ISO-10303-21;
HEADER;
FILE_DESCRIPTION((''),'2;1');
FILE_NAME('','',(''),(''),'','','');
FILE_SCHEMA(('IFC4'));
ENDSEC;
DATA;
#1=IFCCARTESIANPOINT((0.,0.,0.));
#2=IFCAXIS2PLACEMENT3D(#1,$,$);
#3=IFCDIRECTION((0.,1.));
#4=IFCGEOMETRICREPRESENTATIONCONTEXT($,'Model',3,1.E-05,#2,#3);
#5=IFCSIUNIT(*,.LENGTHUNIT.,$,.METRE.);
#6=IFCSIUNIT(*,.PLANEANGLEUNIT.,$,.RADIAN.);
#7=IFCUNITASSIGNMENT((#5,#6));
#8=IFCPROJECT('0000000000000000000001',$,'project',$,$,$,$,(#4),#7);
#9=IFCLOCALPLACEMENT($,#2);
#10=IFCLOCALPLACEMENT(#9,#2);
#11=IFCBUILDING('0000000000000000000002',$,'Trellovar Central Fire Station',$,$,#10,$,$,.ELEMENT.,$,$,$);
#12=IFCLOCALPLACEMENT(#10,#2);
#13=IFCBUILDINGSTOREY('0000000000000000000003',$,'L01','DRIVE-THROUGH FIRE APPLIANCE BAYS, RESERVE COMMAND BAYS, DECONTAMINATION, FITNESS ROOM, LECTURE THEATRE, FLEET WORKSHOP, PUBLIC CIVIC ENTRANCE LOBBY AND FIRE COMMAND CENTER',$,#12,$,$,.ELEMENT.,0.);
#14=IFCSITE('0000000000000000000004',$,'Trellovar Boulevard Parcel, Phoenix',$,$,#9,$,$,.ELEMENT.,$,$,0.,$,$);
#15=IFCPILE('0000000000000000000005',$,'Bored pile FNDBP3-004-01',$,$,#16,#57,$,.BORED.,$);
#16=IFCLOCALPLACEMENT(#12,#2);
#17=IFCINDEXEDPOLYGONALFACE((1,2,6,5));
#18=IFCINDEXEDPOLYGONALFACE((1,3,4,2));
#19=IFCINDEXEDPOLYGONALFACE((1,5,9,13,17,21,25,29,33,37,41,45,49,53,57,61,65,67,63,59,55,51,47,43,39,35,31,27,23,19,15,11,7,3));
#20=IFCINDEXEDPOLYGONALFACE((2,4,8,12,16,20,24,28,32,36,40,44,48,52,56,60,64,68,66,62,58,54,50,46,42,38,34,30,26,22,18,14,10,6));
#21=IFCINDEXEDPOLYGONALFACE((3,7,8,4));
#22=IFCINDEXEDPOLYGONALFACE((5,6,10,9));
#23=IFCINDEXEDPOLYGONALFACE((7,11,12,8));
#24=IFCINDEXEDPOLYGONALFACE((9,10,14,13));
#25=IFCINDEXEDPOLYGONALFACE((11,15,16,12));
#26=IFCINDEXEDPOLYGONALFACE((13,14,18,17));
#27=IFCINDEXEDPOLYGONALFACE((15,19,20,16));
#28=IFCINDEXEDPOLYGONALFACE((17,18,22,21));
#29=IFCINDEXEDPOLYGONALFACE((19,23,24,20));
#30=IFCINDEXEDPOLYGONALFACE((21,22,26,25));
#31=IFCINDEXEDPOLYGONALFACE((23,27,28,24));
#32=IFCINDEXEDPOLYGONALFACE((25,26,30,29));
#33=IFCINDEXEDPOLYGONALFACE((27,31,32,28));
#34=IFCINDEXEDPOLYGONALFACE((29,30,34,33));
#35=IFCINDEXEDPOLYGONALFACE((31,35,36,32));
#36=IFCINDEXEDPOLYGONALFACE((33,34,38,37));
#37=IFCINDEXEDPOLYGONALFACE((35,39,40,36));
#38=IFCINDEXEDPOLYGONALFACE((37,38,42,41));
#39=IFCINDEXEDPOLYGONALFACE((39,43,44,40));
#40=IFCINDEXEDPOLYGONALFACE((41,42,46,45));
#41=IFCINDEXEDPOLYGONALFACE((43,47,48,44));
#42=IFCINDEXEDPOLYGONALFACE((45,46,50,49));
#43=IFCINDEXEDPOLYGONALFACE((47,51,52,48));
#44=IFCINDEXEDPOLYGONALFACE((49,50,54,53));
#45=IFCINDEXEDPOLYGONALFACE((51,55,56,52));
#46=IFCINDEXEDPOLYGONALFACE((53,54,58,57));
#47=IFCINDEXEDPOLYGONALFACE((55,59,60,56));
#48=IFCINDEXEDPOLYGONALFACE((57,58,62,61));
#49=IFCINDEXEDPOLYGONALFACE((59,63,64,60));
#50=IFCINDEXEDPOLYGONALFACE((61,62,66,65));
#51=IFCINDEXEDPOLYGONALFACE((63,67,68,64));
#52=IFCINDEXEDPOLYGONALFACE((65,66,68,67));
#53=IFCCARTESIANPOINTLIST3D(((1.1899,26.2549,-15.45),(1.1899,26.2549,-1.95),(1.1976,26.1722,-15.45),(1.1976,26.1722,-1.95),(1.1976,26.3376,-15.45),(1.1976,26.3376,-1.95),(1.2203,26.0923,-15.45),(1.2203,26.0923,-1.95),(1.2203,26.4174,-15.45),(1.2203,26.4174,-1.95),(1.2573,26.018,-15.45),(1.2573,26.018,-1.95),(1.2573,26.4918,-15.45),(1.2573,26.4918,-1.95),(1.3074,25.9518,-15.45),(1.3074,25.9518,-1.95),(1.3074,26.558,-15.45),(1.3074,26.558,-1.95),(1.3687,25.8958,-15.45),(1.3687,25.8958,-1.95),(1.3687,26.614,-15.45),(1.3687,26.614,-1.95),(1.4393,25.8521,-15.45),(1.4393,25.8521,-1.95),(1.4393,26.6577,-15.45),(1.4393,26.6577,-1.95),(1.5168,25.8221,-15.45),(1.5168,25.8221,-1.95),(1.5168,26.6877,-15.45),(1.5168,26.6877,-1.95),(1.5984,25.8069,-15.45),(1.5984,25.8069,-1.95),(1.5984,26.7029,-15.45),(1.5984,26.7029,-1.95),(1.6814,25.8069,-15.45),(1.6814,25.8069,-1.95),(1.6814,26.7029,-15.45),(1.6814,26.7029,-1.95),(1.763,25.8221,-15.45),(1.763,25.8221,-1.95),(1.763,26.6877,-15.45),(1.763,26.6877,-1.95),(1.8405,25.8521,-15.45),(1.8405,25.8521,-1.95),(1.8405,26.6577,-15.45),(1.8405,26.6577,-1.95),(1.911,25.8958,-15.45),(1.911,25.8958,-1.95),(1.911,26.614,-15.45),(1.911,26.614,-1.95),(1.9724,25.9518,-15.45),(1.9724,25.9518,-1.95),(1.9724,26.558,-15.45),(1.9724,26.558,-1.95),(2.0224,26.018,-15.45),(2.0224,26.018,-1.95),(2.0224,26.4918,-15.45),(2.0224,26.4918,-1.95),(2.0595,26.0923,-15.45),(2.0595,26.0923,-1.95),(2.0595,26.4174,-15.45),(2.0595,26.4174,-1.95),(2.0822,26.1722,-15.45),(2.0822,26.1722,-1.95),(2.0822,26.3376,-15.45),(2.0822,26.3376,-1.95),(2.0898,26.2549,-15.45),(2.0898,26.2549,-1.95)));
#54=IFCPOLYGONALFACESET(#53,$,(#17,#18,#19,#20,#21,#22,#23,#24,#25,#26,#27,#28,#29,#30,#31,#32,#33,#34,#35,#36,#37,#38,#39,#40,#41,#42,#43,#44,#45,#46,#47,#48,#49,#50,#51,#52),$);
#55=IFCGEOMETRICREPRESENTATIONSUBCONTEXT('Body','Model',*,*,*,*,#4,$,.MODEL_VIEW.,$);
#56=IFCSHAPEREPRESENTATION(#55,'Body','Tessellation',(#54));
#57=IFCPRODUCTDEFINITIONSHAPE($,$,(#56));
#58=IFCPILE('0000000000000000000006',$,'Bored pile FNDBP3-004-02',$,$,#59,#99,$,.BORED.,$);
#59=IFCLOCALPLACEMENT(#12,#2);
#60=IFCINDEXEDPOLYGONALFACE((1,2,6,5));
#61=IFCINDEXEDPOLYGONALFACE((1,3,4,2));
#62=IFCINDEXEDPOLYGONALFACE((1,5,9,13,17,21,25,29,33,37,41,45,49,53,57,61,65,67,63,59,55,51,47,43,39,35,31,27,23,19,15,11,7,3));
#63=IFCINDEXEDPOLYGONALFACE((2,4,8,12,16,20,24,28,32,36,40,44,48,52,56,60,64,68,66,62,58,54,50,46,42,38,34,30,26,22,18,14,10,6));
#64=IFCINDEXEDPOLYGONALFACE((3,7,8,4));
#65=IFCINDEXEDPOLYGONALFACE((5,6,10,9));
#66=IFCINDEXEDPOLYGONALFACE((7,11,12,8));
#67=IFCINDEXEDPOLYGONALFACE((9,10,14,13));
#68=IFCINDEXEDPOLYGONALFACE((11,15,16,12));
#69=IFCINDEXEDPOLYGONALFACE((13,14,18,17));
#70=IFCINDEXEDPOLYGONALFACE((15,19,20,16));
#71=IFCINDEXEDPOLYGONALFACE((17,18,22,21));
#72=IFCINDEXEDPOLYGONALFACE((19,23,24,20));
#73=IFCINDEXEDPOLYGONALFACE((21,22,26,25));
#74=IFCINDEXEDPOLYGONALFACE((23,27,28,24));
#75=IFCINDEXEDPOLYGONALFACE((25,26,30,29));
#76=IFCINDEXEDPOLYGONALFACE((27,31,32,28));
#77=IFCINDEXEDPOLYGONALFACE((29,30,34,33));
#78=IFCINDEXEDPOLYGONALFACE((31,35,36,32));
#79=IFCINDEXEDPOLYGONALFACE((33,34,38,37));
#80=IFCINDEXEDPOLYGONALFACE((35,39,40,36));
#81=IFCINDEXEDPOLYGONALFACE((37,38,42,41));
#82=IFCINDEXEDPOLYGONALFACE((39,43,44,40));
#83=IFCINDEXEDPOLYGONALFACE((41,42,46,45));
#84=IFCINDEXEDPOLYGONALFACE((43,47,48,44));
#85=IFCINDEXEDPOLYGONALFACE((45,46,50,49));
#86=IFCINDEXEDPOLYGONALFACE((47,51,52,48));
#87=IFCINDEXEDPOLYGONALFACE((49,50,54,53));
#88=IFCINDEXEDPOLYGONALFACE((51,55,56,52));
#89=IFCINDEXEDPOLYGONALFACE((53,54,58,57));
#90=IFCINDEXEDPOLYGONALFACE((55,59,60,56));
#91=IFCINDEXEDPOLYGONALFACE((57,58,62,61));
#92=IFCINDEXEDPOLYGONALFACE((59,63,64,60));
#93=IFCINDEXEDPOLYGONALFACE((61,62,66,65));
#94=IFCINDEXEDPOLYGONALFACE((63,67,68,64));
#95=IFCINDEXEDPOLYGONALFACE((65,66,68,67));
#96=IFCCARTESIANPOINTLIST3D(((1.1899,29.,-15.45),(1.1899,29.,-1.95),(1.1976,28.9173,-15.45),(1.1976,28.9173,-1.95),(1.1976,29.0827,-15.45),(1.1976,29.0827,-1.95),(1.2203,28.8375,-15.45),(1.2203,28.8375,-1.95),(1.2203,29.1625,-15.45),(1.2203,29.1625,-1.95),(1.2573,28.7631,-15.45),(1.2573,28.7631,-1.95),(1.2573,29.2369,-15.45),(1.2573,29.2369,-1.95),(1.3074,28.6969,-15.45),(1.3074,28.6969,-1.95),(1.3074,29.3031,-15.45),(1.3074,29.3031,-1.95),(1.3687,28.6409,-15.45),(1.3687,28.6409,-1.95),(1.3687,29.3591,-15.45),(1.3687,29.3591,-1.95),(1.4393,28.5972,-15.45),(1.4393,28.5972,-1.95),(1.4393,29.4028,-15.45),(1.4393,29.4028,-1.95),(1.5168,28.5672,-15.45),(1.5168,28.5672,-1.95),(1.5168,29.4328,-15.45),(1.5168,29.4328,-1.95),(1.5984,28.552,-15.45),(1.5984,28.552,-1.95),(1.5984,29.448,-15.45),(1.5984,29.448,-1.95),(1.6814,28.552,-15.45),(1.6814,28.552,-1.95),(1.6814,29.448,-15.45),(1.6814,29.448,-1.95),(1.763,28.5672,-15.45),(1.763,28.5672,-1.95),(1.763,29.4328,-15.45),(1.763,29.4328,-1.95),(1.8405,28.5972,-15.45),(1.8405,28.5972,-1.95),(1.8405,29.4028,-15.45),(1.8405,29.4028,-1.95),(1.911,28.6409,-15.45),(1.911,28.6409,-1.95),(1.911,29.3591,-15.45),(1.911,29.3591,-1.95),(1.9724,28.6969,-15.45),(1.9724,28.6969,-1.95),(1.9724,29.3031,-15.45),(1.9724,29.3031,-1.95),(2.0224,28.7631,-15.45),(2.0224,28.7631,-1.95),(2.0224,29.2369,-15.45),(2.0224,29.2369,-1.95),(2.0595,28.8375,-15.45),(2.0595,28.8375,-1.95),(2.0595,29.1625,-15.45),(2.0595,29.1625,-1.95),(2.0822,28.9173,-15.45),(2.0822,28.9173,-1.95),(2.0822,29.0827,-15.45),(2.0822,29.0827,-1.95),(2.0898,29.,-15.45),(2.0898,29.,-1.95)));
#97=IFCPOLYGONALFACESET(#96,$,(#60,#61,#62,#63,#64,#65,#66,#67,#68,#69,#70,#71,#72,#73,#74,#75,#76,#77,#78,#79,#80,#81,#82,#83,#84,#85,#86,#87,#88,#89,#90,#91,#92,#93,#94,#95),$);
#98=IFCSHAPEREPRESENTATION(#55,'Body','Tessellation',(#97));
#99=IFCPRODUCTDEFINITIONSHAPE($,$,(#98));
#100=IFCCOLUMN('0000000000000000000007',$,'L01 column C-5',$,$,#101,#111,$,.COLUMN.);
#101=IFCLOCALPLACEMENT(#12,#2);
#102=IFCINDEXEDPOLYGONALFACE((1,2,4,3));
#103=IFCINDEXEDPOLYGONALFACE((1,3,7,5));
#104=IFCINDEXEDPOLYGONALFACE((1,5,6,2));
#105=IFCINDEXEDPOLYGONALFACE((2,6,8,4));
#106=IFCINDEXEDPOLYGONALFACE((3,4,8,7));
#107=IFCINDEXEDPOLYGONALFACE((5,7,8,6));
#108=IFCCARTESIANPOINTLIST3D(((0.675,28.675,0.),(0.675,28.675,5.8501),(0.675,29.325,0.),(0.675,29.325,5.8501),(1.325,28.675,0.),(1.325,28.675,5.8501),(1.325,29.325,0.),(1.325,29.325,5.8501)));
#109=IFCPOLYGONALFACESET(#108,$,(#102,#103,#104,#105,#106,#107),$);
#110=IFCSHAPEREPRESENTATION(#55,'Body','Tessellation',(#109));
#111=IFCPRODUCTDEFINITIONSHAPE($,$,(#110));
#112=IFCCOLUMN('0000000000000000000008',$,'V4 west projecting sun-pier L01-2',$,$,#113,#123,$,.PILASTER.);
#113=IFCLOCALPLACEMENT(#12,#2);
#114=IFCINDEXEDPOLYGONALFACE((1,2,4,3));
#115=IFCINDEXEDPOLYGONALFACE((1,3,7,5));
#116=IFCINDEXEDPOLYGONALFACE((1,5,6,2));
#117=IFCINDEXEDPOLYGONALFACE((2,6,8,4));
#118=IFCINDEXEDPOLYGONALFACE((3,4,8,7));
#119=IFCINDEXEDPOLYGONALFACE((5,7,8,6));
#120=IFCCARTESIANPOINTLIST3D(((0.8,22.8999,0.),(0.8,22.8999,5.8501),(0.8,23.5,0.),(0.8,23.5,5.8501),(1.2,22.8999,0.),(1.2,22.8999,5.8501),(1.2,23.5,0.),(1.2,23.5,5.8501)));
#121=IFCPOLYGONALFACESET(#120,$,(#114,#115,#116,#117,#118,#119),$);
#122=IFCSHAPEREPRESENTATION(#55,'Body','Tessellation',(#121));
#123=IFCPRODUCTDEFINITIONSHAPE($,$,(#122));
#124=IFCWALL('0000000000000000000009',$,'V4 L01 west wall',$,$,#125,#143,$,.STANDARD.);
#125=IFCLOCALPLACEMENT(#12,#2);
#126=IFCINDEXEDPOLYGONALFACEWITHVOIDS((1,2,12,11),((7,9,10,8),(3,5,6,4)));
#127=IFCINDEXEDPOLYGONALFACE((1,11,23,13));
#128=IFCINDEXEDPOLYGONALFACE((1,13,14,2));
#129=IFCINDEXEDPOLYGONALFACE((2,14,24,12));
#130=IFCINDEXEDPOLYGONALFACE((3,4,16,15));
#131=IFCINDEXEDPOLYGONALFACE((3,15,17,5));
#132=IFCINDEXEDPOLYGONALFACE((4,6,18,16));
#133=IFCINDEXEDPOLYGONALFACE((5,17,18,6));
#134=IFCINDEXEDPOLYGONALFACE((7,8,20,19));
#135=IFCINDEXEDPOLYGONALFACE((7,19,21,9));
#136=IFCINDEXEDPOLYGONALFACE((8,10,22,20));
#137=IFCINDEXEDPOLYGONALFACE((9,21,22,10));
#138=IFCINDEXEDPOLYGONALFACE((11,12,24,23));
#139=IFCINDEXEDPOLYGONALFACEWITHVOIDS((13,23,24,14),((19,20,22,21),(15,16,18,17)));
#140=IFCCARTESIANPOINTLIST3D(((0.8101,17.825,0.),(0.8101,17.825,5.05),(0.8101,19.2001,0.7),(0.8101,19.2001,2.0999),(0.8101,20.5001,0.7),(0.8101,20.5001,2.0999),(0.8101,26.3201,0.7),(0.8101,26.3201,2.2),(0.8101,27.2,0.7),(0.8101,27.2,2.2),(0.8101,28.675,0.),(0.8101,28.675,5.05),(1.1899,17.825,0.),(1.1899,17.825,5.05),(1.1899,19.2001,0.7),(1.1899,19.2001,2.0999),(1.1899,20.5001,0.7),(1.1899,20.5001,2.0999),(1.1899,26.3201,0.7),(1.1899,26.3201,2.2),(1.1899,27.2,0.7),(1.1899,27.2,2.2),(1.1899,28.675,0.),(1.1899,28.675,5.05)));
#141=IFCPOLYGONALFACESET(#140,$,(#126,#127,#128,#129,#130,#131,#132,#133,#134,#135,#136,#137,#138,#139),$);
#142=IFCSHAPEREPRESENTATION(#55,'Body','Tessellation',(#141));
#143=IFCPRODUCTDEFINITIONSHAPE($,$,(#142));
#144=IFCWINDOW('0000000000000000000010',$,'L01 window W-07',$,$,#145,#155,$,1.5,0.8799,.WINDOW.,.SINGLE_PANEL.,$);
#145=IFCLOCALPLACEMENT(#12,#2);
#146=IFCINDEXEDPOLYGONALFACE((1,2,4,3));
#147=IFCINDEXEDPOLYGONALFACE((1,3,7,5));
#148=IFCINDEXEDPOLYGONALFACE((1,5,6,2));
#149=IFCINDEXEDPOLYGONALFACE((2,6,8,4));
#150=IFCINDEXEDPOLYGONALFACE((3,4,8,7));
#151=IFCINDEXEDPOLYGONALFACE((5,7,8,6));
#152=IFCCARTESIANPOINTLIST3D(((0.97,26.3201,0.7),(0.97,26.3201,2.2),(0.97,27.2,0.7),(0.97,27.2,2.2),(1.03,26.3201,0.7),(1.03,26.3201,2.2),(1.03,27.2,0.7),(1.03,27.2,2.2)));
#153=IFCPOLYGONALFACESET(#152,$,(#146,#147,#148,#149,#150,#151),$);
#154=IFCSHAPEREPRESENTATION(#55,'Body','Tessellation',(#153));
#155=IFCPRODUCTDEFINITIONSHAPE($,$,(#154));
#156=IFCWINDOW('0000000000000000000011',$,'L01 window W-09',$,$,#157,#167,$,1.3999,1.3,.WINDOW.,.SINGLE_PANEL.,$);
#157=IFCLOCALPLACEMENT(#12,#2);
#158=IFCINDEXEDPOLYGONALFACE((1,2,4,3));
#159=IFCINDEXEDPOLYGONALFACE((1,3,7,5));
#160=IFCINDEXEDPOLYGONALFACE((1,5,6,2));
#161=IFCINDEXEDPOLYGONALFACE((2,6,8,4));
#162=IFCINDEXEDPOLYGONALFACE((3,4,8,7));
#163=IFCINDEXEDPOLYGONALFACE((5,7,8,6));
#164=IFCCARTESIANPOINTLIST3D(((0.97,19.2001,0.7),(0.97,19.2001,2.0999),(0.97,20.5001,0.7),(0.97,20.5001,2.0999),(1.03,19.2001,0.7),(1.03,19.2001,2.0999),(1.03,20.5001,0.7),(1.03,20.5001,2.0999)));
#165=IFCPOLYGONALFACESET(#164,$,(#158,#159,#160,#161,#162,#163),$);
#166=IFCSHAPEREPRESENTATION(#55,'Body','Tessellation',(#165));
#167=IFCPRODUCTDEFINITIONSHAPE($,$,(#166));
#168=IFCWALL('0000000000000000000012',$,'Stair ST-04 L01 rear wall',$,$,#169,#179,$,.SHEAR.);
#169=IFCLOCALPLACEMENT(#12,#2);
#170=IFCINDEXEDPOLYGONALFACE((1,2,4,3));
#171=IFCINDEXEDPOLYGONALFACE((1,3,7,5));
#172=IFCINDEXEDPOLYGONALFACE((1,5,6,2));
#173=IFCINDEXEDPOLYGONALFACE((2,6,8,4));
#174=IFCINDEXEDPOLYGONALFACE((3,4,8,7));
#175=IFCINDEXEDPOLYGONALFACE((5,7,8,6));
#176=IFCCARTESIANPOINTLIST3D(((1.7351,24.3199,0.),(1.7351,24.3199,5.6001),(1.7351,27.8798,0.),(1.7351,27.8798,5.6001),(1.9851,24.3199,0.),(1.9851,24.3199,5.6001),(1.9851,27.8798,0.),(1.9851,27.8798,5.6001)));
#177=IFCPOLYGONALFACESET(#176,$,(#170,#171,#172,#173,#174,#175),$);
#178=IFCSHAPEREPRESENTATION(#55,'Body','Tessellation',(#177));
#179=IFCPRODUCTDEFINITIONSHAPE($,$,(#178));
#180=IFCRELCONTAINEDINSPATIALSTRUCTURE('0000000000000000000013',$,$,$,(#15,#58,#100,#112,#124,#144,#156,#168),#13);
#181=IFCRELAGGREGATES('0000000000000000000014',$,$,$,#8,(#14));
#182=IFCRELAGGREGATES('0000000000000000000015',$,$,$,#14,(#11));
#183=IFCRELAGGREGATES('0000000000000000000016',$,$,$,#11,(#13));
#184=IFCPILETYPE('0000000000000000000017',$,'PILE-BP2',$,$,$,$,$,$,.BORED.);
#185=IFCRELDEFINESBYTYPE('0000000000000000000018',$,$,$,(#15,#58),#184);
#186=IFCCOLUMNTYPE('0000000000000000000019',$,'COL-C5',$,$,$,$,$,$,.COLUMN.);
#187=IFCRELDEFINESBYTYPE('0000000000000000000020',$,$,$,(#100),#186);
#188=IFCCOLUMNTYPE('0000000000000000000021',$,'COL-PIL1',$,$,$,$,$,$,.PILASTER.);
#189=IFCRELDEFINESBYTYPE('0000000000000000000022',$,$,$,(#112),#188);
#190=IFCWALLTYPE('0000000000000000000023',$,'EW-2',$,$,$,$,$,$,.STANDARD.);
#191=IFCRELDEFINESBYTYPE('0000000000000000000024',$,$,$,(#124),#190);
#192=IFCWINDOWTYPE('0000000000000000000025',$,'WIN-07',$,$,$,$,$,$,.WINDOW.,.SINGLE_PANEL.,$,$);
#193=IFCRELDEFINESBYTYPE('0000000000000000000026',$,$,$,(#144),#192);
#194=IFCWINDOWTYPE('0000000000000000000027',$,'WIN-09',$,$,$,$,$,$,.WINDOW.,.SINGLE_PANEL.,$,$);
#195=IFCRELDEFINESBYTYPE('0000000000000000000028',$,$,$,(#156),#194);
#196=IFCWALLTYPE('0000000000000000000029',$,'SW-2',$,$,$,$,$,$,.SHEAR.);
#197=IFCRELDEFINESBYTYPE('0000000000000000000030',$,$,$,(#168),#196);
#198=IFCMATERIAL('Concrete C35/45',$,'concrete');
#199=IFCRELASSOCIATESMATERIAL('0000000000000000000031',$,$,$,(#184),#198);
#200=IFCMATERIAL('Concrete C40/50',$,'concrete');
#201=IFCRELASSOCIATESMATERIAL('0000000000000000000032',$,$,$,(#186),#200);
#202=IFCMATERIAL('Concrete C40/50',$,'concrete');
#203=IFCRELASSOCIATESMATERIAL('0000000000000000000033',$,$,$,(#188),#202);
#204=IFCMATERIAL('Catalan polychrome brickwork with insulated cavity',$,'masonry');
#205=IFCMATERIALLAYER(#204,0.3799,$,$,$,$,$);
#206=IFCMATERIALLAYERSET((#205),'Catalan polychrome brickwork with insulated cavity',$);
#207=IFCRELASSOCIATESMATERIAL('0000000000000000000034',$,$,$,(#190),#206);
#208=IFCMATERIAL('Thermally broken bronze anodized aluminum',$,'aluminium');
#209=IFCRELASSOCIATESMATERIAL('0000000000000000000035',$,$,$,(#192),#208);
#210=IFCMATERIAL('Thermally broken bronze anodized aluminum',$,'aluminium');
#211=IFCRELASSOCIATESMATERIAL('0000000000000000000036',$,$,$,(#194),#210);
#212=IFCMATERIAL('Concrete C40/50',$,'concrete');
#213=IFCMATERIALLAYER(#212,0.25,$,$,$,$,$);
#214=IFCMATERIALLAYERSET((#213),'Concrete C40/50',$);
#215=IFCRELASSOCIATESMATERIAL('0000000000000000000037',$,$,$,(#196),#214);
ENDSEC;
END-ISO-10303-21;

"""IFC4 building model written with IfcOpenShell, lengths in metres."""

from ifc_helpers import new_model, si_unit, direction, frame, frame_2d, origin, origin_2d, place, context, subcontext, project, spatial, rectangle, circle, extrude, material, layer, layer_set, material_profile, profile_set, type_object, element, fill, save


model = new_model("IFC4")

# Units and contexts
model_context = context("Model", 3, precision=1e-05, world=origin(), true_north=direction((0.0, 1.0)))
body_context = subcontext(model_context, "Body", "Model", "MODEL_VIEW")
ifc_project = project(units=[si_unit("LENGTHUNIT", "METRE"), si_unit("PLANEANGLEUNIT", "RADIAN")], contexts=[model_context])

# Site, building, storey
site_placement = place(None, origin())
site = spatial("IfcSite", under=ifc_project, at=site_placement, Name="Trellovar Boulevard Parcel, Phoenix", CompositionType="ELEMENT", RefElevation=0.0)
building_placement = place(site_placement, origin())
building = spatial("IfcBuilding", under=site, at=building_placement, Name="Trellovar Central Fire Station", CompositionType="ELEMENT")
storey_placement = place(building_placement, origin())
storey = spatial("IfcBuildingStorey", under=building, at=storey_placement, Name="L01", Description="DRIVE-THROUGH FIRE APPLIANCE BAYS, RESERVE COMMAND BAYS, DECONTAMINATION, FITNESS ROOM, LECTURE THEATRE, FLEET WORKSHOP, PUBLIC CIVIC ENTRANCE LOBBY AND FIRE COMMAND CENTER", CompositionType="ELEMENT", Elevation=0.0)

# Piles
ifc_material_1 = material(Name="Concrete C35/45", Category="concrete")
ifc_material_profile_1 = material_profile(ifc_material_1, circle(Radius=0.45, at=origin_2d()), Name="PILE900")
ifc_profile_set_1 = profile_set([ifc_material_profile_1], Name="Concrete C35/45")
pile_type_1 = type_object("IfcPileType", Name="PILE-BP2", PredefinedType="BORED", material=ifc_profile_set_1)
for number, where, z_axis, x_axis, name in (
    (1, (1.6399, 26.2549, -1.95), (0.0, 0.0, -1.0), (1.0, 0.0, 0.0), "Bored pile FNDBP3-004-01"),
    (2, (1.6399, 29.0, -1.95), (0.0, 0.0, -1.0), (1.0, 0.0, 0.0), "Bored pile FNDBP3-004-02"),
):
    element("IfcPile", number, at=place(storey_placement, frame(where, z_axis=z_axis, x_axis=x_axis)), inside=storey, type_object=pile_type_1, Name=name, PredefinedType="BORED", context=body_context, shape_type="SweptSolid", body=[
        extrude(circle(Radius=0.45, at=origin_2d()), origin(), (0.0, 0.0, 1.0), 13.5),
    ])

# Columns
ifc_material_2 = material(Name="Concrete C40/50", Category="concrete")
ifc_material_profile_2 = material_profile(ifc_material_2, rectangle(XDim=0.6499, YDim=0.6499, at=origin_2d()), Name="RC650X650")
ifc_profile_set_2 = profile_set([ifc_material_profile_2], Name="Concrete C40/50")
column_type_1 = type_object("IfcColumnType", Name="COL-C5", PredefinedType="COLUMN", material=ifc_profile_set_2)
column_1_placement = place(storey_placement, frame((1.0, 29.0, 0.0), z_axis=(0.0, 0.0, 1.0), x_axis=(1.0, 0.0, 0.0)))
element("IfcColumn", 3, at=column_1_placement, inside=storey, type_object=column_type_1, Name="L01 column C-5", PredefinedType="COLUMN", context=body_context, shape_type="SweptSolid", body=[
    extrude(rectangle(XDim=0.6499, YDim=0.6499, at=origin_2d()), origin(), (0.0, 0.0, 1.0), 5.8501),
])
ifc_material_3 = material(Name="Concrete C40/50", Category="concrete")
ifc_material_profile_3 = material_profile(ifc_material_3, rectangle(XDim=0.3999, YDim=0.6001, at=origin_2d()), Name="RC400X600")
ifc_profile_set_3 = profile_set([ifc_material_profile_3], Name="Concrete C40/50")
column_type_2 = type_object("IfcColumnType", Name="COL-PIL1", PredefinedType="PILASTER", material=ifc_profile_set_3)
column_2_placement = place(storey_placement, frame((1.0, 23.2, 0.0), z_axis=(0.0, 0.0, 1.0), x_axis=(1.0, 0.0, 0.0)))
element("IfcColumn", 4, at=column_2_placement, inside=storey, type_object=column_type_2, Name="V4 west projecting sun-pier L01-2", PredefinedType="PILASTER", context=body_context, shape_type="SweptSolid", body=[
    extrude(rectangle(XDim=0.3999, YDim=0.6001, at=origin_2d()), origin(), (0.0, 0.0, 1.0), 5.8501),
])

# Wall, openings, windows
ifc_material_4 = material(Name="Catalan polychrome brickwork with insulated cavity", Category="masonry")
ifc_layer_1 = layer(ifc_material_4, 0.3799)
ifc_layer_set_1 = layer_set([ifc_layer_1], Name="Catalan polychrome brickwork with insulated cavity")
wall_type_1 = type_object("IfcWallType", Name="EW-2", PredefinedType="STANDARD", material=ifc_layer_set_1)
wall_1_placement = place(storey_placement, frame((1.0, 28.675, 0.0), z_axis=(0.0, 0.0, 1.0), x_axis=(0.0, -1.0, 0.0)))
wall_1 = element("IfcWall", 5, at=wall_1_placement, inside=storey, type_object=wall_type_1, Name="V4 L01 west wall", PredefinedType="STANDARD", context=body_context, shape_type="SweptSolid", body=[
    extrude(rectangle(XDim=10.8501, YDim=0.3799, at=frame_2d((5.425, 0.0))), origin(), (0.0, 0.0, 1.0), 5.05),
])
opening_1_placement = place(wall_1_placement, frame((1.4751, 0.0, 0.7)))
opening_1 = element("IfcOpeningElement", 6, at=opening_1_placement, cuts=wall_1, PredefinedType="OPENING", context=body_context, shape_type="SweptSolid", body=[
    extrude(rectangle(XDim=0.8799, YDim=1.5, at=frame_2d((0.4399, 0.75))), frame((0.0, 0.2, 0.0), z_axis=(0.0, -1.0, 0.0), x_axis=(1.0, 0.0, 0.0)), (0.0, 0.0, 1.0), 0.3999),
])
opening_2_placement = place(wall_1_placement, frame((8.175, 0.0, 0.7)))
opening_2 = element("IfcOpeningElement", 7, at=opening_2_placement, cuts=wall_1, PredefinedType="OPENING", context=body_context, shape_type="SweptSolid", body=[
    extrude(rectangle(XDim=1.3, YDim=1.3999, at=frame_2d((0.6499, 0.7))), frame((0.0, 0.2, 0.0), z_axis=(0.0, -1.0, 0.0), x_axis=(1.0, 0.0, 0.0)), (0.0, 0.0, 1.0), 0.3999),
])
ifc_material_5 = material(Name="Thermally broken bronze anodized aluminum", Category="aluminium")
window_type_1 = type_object("IfcWindowType", Name="WIN-07", PartitioningType="SINGLE_PANEL", PredefinedType="WINDOW", material=ifc_material_5)
window_1_placement = place(opening_1_placement, origin())
window_1 = element("IfcWindow", 8, at=window_1_placement, inside=storey, type_object=window_type_1, Name="L01 window W-07", OverallHeight=1.5, OverallWidth=0.8799, PartitioningType="SINGLE_PANEL", PredefinedType="WINDOW", context=body_context, shape_type="SweptSolid", body=[
    extrude(rectangle(XDim=0.8799, YDim=1.5, at=frame_2d((0.4399, 0.75))), frame((0.0, 0.03, 0.0), z_axis=(0.0, -1.0, 0.0), x_axis=(1.0, 0.0, 0.0)), (0.0, 0.0, 1.0), 0.0601),
])
fill(opening_1, window_1)
ifc_material_6 = material(Name="Thermally broken bronze anodized aluminum", Category="aluminium")
window_type_2 = type_object("IfcWindowType", Name="WIN-09", PartitioningType="SINGLE_PANEL", PredefinedType="WINDOW", material=ifc_material_6)
window_2_placement = place(opening_2_placement, origin())
window_2 = element("IfcWindow", 9, at=window_2_placement, inside=storey, type_object=window_type_2, Name="L01 window W-09", OverallHeight=1.3999, OverallWidth=1.3, PartitioningType="SINGLE_PANEL", PredefinedType="WINDOW", context=body_context, shape_type="SweptSolid", body=[
    extrude(rectangle(XDim=1.3, YDim=1.3999, at=frame_2d((0.6499, 0.7))), frame((0.0, 0.03, 0.0), z_axis=(0.0, -1.0, 0.0), x_axis=(1.0, 0.0, 0.0)), (0.0, 0.0, 1.0), 0.0601),
])
fill(opening_2, window_2)

# Wall
ifc_material_7 = material(Name="Concrete C40/50", Category="concrete")
ifc_layer_2 = layer(ifc_material_7, 0.25)
ifc_layer_set_2 = layer_set([ifc_layer_2], Name="Concrete C40/50")
wall_type_2 = type_object("IfcWallType", Name="SW-2", PredefinedType="SHEAR", material=ifc_layer_set_2)
wall_2_placement = place(storey_placement, frame((1.8601, 24.3201, 0.0), z_axis=(0.0, 0.0, 1.0), x_axis=(0.0, 1.0, 0.0)))
element("IfcWall", 10, at=wall_2_placement, inside=storey, type_object=wall_type_2, Name="Stair ST-04 L01 rear wall", PredefinedType="SHEAR", context=body_context, shape_type="SweptSolid", body=[
    extrude(rectangle(XDim=3.5598, YDim=0.25, at=frame_2d((1.7798, 0.0))), origin(), (0.0, 0.0, 1.0), 5.6001),
])

save(model, "model.ifc")
